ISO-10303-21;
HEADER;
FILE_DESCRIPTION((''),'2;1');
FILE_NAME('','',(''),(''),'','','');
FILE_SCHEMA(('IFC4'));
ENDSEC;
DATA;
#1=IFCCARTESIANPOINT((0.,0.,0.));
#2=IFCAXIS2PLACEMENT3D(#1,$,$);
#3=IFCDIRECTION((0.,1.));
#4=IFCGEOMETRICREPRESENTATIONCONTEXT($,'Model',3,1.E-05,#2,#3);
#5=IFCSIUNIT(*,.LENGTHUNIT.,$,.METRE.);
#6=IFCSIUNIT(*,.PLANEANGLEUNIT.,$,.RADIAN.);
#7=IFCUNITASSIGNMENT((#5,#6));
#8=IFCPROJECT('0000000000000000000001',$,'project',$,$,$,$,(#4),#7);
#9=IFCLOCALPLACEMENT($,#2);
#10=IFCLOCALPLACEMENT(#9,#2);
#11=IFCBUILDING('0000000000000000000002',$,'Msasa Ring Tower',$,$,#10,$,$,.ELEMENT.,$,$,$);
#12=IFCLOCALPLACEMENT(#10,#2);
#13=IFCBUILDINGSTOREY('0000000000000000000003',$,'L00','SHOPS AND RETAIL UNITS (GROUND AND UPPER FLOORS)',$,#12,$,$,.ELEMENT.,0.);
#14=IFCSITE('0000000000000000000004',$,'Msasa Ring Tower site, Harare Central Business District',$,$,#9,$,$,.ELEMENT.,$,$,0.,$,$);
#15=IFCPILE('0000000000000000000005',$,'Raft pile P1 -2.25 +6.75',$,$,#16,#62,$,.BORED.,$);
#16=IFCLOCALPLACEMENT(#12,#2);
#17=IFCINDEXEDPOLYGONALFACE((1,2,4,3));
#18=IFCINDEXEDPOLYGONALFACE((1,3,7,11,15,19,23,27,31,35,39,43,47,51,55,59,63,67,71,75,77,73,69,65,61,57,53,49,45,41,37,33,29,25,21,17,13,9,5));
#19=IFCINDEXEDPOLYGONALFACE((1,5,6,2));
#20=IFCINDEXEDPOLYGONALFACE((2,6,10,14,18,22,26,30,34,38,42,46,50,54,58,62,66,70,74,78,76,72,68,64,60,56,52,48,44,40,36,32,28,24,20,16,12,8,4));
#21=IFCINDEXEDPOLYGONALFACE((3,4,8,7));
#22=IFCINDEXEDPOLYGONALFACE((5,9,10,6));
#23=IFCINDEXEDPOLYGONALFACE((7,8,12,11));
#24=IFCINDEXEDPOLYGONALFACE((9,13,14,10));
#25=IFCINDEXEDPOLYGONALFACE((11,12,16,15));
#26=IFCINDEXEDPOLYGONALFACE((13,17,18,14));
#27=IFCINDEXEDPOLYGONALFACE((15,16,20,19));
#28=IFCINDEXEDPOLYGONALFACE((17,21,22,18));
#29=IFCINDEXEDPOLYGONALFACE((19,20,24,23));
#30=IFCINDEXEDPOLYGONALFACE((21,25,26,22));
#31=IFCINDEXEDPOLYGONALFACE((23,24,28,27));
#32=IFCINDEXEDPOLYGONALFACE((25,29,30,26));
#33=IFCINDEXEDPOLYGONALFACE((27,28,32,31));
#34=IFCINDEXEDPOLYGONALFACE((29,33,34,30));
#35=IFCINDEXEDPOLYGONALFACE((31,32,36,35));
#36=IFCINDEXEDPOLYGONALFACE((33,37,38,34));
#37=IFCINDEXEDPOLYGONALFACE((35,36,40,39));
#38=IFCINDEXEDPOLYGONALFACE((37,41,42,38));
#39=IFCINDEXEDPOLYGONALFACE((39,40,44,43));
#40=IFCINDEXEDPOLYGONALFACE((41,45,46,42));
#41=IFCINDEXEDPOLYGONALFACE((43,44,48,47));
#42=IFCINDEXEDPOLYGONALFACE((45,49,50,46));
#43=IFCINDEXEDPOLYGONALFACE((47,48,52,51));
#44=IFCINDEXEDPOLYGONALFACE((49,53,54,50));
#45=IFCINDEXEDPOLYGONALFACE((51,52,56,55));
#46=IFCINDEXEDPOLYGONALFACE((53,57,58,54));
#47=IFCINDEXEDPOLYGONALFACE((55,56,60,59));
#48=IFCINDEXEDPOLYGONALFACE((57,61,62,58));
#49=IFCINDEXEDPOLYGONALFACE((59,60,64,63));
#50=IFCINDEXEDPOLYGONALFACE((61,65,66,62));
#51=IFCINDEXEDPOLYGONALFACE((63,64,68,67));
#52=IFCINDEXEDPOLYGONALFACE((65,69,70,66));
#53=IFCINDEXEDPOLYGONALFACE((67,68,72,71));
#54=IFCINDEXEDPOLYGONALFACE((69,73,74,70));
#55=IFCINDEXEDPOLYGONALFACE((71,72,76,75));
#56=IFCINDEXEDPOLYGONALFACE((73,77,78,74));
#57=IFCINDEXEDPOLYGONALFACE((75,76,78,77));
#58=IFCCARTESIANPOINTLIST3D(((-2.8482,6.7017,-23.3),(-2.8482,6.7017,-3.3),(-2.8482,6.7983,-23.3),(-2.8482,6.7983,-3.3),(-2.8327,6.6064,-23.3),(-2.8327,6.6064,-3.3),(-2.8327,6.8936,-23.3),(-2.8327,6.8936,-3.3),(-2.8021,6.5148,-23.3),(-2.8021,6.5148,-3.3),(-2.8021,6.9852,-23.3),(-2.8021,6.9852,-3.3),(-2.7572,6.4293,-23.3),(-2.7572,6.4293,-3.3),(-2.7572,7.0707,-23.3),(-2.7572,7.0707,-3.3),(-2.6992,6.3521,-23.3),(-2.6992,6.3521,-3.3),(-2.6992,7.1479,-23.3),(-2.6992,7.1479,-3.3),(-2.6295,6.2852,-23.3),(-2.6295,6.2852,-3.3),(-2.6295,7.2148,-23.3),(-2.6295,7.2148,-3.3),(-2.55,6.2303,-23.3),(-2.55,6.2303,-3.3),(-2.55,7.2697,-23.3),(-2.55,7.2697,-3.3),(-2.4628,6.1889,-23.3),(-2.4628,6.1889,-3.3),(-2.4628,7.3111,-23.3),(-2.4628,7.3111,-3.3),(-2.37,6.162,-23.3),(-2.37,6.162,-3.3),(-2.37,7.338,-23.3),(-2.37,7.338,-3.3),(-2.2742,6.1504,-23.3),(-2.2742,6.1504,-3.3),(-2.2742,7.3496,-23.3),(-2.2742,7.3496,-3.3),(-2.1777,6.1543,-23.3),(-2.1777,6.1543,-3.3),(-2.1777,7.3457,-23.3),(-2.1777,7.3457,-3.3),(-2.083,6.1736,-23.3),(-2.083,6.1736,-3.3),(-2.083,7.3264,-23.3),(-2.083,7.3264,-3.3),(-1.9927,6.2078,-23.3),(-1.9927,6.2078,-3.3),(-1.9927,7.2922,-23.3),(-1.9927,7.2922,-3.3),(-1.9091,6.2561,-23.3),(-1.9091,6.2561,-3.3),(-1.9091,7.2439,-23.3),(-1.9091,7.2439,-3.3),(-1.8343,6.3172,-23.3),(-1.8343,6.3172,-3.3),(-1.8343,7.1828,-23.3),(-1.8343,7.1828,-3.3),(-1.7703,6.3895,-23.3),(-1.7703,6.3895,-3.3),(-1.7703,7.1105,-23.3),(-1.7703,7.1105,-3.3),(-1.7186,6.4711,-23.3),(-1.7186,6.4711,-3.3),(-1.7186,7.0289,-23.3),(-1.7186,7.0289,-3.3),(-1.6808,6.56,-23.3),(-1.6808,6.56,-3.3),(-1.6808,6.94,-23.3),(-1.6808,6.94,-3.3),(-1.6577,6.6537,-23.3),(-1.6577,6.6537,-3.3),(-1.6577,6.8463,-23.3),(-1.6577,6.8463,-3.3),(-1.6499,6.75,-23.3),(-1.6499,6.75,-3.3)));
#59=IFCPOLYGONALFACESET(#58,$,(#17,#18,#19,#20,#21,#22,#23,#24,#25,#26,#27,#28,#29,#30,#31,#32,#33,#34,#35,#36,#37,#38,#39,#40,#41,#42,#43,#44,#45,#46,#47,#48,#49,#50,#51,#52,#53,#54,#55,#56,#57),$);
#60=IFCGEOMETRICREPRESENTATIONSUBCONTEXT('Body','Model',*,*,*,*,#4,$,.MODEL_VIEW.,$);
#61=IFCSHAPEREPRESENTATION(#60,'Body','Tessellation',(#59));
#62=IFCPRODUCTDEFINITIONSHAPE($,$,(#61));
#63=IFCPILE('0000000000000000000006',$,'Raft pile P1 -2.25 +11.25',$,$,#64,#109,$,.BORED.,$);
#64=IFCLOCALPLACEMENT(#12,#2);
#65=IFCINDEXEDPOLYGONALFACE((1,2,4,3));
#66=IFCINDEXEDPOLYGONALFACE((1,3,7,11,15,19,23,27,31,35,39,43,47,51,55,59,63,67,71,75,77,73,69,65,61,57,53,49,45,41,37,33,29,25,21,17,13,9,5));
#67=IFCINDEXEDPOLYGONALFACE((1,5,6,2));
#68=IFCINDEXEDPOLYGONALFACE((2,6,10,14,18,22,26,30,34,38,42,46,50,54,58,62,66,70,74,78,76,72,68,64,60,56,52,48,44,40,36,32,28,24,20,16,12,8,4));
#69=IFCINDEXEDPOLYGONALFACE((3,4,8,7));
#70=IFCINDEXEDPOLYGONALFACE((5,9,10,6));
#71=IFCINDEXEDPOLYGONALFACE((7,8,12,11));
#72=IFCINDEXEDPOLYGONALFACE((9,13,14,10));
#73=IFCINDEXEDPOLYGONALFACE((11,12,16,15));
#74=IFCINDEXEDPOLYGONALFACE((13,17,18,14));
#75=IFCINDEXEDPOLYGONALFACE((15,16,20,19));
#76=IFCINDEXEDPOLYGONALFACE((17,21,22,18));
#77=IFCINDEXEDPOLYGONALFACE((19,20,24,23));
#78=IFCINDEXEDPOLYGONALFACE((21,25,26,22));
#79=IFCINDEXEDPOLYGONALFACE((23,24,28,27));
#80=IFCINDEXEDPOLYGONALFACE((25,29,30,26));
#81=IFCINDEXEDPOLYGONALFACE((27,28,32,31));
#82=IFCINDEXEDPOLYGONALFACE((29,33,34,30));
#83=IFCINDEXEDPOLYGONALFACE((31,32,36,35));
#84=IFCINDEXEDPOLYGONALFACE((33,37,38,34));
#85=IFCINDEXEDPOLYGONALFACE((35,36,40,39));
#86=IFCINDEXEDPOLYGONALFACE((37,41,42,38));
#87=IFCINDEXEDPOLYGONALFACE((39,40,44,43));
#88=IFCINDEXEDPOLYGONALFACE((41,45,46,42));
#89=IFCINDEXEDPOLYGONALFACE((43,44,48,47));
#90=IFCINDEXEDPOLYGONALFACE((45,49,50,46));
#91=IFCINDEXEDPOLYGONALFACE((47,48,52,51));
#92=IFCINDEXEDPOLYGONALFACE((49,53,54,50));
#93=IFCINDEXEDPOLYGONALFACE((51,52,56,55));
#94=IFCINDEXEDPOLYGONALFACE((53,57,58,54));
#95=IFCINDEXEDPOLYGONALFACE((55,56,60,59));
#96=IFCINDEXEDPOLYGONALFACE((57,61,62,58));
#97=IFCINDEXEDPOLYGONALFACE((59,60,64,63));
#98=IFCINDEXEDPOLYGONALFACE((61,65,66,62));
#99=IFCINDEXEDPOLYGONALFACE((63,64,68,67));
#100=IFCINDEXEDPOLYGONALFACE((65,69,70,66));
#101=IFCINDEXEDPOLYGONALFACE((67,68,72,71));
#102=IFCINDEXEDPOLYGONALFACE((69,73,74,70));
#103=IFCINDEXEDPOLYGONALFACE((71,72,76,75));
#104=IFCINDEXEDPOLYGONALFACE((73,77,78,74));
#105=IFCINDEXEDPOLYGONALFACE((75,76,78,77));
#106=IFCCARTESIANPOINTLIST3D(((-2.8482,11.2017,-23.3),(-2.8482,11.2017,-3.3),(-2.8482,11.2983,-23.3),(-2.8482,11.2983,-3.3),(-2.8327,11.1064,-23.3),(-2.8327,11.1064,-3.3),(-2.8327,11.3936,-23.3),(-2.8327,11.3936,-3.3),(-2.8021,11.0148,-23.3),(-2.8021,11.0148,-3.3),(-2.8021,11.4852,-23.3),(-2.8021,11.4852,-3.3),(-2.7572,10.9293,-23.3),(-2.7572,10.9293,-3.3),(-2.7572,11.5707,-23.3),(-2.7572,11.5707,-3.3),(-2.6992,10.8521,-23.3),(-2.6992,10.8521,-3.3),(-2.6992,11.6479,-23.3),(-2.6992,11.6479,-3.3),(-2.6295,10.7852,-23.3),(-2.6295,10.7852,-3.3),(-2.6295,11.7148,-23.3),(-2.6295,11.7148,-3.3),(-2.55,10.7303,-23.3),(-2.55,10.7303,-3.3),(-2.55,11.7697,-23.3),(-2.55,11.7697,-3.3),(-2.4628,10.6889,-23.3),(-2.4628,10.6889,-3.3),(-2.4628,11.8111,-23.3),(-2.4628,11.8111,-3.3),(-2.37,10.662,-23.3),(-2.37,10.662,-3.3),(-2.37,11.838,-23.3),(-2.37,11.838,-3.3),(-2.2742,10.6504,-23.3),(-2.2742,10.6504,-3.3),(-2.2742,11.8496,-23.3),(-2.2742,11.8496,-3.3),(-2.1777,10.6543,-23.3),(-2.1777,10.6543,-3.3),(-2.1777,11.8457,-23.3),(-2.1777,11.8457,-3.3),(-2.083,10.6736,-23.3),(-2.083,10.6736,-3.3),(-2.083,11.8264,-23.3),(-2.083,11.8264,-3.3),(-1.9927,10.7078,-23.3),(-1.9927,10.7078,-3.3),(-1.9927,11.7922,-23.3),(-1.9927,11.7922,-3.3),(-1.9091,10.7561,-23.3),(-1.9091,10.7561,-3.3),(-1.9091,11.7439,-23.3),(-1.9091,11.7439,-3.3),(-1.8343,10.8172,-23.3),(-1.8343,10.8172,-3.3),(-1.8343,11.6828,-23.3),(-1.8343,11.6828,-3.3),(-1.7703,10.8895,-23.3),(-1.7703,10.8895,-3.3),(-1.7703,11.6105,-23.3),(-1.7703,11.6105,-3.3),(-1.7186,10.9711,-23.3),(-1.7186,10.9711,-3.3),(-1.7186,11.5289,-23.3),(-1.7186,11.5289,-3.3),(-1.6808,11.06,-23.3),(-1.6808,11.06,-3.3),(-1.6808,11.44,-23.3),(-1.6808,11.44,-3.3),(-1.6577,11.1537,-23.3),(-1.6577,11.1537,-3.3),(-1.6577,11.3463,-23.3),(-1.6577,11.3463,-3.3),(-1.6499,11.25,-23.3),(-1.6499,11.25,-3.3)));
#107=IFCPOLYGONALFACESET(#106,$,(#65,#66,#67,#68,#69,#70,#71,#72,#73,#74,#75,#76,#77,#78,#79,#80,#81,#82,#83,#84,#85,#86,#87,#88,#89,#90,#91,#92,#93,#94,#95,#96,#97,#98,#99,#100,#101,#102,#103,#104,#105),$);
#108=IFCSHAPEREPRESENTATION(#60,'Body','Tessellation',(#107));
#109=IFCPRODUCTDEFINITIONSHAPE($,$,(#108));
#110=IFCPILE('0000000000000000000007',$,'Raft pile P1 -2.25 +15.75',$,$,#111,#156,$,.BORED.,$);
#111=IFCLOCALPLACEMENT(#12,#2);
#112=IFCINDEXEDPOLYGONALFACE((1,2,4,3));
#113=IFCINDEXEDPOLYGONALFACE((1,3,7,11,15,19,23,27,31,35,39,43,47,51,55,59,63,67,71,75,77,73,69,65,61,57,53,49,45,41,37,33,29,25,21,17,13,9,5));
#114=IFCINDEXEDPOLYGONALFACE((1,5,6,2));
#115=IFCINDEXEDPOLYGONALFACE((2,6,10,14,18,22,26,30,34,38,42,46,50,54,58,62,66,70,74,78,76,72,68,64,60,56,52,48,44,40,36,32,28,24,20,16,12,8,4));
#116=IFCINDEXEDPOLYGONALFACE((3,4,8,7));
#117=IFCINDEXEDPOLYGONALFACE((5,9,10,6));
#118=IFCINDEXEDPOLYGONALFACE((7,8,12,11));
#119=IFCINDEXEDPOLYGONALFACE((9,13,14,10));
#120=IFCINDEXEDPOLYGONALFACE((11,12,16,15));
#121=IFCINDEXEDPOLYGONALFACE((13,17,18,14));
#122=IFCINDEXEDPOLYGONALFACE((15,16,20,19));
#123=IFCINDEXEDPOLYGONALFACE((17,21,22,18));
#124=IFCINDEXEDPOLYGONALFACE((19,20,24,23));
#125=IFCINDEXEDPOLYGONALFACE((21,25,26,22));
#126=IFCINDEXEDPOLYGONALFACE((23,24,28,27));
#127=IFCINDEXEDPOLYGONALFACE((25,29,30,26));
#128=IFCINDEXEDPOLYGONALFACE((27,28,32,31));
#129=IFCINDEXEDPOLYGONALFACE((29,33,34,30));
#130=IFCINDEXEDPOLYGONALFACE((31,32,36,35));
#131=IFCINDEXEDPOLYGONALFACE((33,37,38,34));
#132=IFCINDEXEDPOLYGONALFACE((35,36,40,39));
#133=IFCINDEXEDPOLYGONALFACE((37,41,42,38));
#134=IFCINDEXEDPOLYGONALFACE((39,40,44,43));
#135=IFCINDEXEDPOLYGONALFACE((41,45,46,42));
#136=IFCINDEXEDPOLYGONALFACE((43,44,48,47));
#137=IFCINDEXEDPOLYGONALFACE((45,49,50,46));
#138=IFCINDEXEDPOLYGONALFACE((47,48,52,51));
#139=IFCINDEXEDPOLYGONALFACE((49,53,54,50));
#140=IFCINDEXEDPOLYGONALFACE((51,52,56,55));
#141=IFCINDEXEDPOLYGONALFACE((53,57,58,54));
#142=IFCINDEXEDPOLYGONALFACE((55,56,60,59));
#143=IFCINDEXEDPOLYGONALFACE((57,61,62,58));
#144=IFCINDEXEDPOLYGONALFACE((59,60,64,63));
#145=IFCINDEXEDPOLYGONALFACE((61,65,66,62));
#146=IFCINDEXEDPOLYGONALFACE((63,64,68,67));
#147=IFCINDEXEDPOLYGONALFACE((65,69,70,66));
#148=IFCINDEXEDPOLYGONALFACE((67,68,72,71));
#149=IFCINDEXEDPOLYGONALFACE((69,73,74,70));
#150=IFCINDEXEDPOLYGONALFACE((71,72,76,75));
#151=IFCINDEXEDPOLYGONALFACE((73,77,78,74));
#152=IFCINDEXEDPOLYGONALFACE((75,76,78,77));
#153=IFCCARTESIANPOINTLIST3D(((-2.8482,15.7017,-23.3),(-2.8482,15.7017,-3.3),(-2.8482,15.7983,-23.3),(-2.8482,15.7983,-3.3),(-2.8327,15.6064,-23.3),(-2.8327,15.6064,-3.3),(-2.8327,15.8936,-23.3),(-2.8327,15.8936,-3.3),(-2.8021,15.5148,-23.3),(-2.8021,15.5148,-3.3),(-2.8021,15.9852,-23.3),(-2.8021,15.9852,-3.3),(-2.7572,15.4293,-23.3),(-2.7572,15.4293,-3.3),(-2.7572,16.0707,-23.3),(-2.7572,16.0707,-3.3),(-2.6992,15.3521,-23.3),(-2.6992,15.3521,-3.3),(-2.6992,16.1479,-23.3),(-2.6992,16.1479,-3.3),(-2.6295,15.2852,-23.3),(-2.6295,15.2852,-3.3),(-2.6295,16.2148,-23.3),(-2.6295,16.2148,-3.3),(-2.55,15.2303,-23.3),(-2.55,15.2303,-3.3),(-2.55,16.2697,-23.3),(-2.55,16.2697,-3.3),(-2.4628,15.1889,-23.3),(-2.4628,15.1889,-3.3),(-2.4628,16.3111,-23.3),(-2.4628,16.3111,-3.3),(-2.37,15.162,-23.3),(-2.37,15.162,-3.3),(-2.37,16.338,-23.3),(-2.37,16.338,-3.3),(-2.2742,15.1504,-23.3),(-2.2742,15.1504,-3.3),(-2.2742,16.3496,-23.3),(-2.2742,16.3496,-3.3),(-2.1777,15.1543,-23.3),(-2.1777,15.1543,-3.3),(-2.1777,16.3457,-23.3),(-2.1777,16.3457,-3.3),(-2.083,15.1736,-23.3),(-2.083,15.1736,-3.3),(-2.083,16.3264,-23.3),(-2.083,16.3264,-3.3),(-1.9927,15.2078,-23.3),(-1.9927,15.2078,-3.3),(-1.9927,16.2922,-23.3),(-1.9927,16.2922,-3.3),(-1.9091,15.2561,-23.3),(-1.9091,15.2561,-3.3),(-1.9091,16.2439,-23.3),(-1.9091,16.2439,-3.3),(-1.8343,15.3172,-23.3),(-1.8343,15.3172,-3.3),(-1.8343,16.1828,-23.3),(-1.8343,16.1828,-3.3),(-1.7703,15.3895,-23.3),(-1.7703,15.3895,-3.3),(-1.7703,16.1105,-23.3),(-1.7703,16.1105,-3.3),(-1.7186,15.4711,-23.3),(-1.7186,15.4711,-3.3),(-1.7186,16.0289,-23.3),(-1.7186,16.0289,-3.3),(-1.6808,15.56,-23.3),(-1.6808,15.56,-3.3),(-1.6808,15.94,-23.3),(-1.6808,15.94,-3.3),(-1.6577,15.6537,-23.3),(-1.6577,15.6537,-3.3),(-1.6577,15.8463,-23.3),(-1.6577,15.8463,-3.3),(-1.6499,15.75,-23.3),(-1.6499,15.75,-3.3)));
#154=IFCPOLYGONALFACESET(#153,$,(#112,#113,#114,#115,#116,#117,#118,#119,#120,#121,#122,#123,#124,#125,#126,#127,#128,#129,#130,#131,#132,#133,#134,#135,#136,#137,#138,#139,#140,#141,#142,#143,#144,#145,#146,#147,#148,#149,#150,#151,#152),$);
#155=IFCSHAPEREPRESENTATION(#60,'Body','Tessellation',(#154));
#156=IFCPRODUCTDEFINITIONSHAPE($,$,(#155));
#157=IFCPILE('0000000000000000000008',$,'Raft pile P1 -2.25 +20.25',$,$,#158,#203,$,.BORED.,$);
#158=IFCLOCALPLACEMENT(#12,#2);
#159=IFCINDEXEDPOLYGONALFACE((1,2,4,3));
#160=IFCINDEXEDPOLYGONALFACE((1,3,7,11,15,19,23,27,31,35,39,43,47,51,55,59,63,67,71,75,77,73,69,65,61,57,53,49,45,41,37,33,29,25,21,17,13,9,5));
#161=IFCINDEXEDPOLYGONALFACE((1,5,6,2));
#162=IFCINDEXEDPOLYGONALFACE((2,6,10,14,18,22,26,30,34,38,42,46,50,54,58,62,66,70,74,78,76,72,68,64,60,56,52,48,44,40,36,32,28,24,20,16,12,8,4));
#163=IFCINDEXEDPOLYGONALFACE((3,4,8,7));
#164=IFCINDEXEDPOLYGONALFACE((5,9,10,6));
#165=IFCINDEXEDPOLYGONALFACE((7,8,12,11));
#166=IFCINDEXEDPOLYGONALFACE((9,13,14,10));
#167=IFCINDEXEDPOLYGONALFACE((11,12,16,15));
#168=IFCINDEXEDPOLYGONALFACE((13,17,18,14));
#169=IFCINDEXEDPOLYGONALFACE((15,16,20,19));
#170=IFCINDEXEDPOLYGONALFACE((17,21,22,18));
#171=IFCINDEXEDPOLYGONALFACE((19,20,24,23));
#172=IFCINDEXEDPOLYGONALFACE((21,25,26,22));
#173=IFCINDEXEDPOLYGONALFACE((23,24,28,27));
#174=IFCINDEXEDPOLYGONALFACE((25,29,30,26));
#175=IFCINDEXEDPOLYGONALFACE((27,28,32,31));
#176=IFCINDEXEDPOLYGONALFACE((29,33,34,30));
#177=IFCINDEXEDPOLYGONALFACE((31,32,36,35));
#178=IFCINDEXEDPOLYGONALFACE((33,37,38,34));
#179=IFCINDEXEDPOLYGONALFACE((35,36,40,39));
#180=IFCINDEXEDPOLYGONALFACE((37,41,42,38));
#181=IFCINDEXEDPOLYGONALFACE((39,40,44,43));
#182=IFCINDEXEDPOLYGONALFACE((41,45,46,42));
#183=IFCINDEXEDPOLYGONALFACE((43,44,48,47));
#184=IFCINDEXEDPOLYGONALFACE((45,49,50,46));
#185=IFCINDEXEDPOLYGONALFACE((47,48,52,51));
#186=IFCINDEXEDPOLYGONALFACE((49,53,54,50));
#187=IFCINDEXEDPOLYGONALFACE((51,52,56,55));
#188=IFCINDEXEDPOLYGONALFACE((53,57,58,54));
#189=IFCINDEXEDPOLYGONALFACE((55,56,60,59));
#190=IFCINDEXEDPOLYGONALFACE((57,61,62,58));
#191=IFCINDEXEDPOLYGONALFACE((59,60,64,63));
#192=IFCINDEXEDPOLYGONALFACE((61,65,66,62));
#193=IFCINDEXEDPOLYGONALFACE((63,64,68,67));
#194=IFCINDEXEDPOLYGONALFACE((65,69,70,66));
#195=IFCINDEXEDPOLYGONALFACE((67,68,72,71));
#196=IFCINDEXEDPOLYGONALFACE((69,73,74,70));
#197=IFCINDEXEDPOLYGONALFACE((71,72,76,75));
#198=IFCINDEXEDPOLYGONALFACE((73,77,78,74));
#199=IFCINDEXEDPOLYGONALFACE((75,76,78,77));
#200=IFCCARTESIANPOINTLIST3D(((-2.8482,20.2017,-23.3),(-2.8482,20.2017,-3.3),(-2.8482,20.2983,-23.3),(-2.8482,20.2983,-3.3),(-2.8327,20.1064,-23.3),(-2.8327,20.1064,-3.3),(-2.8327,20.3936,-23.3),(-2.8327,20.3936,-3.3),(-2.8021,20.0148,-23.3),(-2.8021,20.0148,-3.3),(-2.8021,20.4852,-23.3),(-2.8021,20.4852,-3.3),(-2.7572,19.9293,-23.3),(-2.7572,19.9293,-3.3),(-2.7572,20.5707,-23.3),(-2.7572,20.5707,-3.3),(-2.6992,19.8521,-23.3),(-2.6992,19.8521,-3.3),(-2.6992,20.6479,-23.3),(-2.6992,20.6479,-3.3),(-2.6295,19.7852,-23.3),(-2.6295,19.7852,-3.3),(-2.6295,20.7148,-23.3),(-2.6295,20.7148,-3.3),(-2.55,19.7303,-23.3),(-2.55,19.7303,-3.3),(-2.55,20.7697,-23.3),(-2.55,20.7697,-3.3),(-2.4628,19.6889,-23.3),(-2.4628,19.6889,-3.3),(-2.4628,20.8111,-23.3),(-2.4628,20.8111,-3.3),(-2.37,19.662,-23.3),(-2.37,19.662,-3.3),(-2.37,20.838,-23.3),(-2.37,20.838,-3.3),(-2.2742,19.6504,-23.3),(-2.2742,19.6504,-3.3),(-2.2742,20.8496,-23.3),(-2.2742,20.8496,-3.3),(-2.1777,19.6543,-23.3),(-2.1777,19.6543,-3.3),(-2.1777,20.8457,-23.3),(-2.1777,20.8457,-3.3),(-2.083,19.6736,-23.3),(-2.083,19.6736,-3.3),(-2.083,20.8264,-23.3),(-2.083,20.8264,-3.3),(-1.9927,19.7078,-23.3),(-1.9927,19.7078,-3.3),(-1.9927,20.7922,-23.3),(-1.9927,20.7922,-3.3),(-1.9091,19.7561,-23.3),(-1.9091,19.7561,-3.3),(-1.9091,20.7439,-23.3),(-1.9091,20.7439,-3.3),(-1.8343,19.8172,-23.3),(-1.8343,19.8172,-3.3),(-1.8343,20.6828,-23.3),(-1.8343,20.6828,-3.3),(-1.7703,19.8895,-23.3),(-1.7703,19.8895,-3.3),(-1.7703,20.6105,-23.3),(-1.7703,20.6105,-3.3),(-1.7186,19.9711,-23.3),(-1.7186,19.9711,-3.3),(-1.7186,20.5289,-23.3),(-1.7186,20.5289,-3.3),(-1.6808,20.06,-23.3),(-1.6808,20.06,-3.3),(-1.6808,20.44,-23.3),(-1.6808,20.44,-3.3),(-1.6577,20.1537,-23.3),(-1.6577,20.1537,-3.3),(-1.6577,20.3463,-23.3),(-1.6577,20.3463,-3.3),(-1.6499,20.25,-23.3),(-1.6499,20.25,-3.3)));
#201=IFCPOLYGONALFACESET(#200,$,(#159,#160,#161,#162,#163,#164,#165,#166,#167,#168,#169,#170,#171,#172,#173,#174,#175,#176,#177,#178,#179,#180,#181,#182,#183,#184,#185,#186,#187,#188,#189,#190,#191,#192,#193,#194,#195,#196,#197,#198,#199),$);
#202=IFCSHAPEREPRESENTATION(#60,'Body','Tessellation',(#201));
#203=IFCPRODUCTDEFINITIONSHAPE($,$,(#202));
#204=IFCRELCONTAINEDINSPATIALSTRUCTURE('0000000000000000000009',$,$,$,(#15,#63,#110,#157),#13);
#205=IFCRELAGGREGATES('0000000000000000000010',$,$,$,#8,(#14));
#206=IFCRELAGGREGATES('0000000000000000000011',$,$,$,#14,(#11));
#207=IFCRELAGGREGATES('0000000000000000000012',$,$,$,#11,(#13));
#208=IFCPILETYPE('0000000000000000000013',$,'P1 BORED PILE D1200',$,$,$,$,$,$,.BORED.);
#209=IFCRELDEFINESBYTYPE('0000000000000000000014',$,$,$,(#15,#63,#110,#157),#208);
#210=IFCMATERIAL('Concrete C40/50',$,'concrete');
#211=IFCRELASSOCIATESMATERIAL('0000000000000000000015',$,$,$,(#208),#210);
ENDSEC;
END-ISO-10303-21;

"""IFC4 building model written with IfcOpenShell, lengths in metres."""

from ifc_helpers import new_model, si_unit, direction, frame, origin, origin_2d, place, context, subcontext, project, spatial, circle, extrude, material, material_profile, profile_set, type_object, element, save


model = new_model("IFC4")

# Units and contexts
model_context = context("Model", 3, precision=1e-05, world=origin(), true_north=direction((0.0, 1.0)))
body_context = subcontext(model_context, "Body", "Model", "MODEL_VIEW")
ifc_project = project(units=[si_unit("LENGTHUNIT", "METRE"), si_unit("PLANEANGLEUNIT", "RADIAN")], contexts=[model_context])

# Site, building, storey
site_placement = place(None, origin())
site = spatial("IfcSite", under=ifc_project, at=site_placement, Name="Msasa Ring Tower site, Harare Central Business District", CompositionType="ELEMENT", RefElevation=0.0)
building_placement = place(site_placement, origin())
building = spatial("IfcBuilding", under=site, at=building_placement, Name="Msasa Ring Tower", CompositionType="ELEMENT")
storey_placement = place(building_placement, origin())
storey = spatial("IfcBuildingStorey", under=building, at=storey_placement, Name="L00", Description="SHOPS AND RETAIL UNITS (GROUND AND UPPER FLOORS)", CompositionType="ELEMENT", Elevation=0.0)

# Piles
ifc_material_1 = material(Name="Concrete C40/50", Category="concrete")
ifc_material_profile_1 = material_profile(ifc_material_1, circle(Radius=0.6001, at=origin_2d()), Name="D1200")
ifc_profile_set_1 = profile_set([ifc_material_profile_1], Name="Concrete C40/50")
pile_type = type_object("IfcPileType", Name="P1 BORED PILE D1200", PredefinedType="BORED", material=ifc_profile_set_1)
for number, where, z_axis, x_axis, name in (
    (1, (-2.25, 6.75, -3.3), (0.0, 0.0, -1.0), (1.0, 0.0, 0.0), "Raft pile P1 -2.25 +6.75"),
    (2, (-2.25, 11.25, -3.3), (0.0, 0.0, -1.0), (1.0, 0.0, 0.0), "Raft pile P1 -2.25 +11.25"),
    (3, (-2.25, 15.75, -3.3), (0.0, 0.0, -1.0), (1.0, 0.0, 0.0), "Raft pile P1 -2.25 +15.75"),
    (4, (-2.25, 20.25, -3.3), (0.0, 0.0, -1.0), (1.0, 0.0, 0.0), "Raft pile P1 -2.25 +20.25"),
):
    element("IfcPile", number, at=place(storey_placement, frame(where, z_axis=z_axis, x_axis=x_axis)), inside=storey, type_object=pile_type, Name=name, PredefinedType="BORED", context=body_context, shape_type="SweptSolid", body=[
        extrude(circle(Radius=0.6001, at=origin_2d()), origin(), (0.0, 0.0, 1.0), 20.0),
    ])

save(model, "model.ifc")
